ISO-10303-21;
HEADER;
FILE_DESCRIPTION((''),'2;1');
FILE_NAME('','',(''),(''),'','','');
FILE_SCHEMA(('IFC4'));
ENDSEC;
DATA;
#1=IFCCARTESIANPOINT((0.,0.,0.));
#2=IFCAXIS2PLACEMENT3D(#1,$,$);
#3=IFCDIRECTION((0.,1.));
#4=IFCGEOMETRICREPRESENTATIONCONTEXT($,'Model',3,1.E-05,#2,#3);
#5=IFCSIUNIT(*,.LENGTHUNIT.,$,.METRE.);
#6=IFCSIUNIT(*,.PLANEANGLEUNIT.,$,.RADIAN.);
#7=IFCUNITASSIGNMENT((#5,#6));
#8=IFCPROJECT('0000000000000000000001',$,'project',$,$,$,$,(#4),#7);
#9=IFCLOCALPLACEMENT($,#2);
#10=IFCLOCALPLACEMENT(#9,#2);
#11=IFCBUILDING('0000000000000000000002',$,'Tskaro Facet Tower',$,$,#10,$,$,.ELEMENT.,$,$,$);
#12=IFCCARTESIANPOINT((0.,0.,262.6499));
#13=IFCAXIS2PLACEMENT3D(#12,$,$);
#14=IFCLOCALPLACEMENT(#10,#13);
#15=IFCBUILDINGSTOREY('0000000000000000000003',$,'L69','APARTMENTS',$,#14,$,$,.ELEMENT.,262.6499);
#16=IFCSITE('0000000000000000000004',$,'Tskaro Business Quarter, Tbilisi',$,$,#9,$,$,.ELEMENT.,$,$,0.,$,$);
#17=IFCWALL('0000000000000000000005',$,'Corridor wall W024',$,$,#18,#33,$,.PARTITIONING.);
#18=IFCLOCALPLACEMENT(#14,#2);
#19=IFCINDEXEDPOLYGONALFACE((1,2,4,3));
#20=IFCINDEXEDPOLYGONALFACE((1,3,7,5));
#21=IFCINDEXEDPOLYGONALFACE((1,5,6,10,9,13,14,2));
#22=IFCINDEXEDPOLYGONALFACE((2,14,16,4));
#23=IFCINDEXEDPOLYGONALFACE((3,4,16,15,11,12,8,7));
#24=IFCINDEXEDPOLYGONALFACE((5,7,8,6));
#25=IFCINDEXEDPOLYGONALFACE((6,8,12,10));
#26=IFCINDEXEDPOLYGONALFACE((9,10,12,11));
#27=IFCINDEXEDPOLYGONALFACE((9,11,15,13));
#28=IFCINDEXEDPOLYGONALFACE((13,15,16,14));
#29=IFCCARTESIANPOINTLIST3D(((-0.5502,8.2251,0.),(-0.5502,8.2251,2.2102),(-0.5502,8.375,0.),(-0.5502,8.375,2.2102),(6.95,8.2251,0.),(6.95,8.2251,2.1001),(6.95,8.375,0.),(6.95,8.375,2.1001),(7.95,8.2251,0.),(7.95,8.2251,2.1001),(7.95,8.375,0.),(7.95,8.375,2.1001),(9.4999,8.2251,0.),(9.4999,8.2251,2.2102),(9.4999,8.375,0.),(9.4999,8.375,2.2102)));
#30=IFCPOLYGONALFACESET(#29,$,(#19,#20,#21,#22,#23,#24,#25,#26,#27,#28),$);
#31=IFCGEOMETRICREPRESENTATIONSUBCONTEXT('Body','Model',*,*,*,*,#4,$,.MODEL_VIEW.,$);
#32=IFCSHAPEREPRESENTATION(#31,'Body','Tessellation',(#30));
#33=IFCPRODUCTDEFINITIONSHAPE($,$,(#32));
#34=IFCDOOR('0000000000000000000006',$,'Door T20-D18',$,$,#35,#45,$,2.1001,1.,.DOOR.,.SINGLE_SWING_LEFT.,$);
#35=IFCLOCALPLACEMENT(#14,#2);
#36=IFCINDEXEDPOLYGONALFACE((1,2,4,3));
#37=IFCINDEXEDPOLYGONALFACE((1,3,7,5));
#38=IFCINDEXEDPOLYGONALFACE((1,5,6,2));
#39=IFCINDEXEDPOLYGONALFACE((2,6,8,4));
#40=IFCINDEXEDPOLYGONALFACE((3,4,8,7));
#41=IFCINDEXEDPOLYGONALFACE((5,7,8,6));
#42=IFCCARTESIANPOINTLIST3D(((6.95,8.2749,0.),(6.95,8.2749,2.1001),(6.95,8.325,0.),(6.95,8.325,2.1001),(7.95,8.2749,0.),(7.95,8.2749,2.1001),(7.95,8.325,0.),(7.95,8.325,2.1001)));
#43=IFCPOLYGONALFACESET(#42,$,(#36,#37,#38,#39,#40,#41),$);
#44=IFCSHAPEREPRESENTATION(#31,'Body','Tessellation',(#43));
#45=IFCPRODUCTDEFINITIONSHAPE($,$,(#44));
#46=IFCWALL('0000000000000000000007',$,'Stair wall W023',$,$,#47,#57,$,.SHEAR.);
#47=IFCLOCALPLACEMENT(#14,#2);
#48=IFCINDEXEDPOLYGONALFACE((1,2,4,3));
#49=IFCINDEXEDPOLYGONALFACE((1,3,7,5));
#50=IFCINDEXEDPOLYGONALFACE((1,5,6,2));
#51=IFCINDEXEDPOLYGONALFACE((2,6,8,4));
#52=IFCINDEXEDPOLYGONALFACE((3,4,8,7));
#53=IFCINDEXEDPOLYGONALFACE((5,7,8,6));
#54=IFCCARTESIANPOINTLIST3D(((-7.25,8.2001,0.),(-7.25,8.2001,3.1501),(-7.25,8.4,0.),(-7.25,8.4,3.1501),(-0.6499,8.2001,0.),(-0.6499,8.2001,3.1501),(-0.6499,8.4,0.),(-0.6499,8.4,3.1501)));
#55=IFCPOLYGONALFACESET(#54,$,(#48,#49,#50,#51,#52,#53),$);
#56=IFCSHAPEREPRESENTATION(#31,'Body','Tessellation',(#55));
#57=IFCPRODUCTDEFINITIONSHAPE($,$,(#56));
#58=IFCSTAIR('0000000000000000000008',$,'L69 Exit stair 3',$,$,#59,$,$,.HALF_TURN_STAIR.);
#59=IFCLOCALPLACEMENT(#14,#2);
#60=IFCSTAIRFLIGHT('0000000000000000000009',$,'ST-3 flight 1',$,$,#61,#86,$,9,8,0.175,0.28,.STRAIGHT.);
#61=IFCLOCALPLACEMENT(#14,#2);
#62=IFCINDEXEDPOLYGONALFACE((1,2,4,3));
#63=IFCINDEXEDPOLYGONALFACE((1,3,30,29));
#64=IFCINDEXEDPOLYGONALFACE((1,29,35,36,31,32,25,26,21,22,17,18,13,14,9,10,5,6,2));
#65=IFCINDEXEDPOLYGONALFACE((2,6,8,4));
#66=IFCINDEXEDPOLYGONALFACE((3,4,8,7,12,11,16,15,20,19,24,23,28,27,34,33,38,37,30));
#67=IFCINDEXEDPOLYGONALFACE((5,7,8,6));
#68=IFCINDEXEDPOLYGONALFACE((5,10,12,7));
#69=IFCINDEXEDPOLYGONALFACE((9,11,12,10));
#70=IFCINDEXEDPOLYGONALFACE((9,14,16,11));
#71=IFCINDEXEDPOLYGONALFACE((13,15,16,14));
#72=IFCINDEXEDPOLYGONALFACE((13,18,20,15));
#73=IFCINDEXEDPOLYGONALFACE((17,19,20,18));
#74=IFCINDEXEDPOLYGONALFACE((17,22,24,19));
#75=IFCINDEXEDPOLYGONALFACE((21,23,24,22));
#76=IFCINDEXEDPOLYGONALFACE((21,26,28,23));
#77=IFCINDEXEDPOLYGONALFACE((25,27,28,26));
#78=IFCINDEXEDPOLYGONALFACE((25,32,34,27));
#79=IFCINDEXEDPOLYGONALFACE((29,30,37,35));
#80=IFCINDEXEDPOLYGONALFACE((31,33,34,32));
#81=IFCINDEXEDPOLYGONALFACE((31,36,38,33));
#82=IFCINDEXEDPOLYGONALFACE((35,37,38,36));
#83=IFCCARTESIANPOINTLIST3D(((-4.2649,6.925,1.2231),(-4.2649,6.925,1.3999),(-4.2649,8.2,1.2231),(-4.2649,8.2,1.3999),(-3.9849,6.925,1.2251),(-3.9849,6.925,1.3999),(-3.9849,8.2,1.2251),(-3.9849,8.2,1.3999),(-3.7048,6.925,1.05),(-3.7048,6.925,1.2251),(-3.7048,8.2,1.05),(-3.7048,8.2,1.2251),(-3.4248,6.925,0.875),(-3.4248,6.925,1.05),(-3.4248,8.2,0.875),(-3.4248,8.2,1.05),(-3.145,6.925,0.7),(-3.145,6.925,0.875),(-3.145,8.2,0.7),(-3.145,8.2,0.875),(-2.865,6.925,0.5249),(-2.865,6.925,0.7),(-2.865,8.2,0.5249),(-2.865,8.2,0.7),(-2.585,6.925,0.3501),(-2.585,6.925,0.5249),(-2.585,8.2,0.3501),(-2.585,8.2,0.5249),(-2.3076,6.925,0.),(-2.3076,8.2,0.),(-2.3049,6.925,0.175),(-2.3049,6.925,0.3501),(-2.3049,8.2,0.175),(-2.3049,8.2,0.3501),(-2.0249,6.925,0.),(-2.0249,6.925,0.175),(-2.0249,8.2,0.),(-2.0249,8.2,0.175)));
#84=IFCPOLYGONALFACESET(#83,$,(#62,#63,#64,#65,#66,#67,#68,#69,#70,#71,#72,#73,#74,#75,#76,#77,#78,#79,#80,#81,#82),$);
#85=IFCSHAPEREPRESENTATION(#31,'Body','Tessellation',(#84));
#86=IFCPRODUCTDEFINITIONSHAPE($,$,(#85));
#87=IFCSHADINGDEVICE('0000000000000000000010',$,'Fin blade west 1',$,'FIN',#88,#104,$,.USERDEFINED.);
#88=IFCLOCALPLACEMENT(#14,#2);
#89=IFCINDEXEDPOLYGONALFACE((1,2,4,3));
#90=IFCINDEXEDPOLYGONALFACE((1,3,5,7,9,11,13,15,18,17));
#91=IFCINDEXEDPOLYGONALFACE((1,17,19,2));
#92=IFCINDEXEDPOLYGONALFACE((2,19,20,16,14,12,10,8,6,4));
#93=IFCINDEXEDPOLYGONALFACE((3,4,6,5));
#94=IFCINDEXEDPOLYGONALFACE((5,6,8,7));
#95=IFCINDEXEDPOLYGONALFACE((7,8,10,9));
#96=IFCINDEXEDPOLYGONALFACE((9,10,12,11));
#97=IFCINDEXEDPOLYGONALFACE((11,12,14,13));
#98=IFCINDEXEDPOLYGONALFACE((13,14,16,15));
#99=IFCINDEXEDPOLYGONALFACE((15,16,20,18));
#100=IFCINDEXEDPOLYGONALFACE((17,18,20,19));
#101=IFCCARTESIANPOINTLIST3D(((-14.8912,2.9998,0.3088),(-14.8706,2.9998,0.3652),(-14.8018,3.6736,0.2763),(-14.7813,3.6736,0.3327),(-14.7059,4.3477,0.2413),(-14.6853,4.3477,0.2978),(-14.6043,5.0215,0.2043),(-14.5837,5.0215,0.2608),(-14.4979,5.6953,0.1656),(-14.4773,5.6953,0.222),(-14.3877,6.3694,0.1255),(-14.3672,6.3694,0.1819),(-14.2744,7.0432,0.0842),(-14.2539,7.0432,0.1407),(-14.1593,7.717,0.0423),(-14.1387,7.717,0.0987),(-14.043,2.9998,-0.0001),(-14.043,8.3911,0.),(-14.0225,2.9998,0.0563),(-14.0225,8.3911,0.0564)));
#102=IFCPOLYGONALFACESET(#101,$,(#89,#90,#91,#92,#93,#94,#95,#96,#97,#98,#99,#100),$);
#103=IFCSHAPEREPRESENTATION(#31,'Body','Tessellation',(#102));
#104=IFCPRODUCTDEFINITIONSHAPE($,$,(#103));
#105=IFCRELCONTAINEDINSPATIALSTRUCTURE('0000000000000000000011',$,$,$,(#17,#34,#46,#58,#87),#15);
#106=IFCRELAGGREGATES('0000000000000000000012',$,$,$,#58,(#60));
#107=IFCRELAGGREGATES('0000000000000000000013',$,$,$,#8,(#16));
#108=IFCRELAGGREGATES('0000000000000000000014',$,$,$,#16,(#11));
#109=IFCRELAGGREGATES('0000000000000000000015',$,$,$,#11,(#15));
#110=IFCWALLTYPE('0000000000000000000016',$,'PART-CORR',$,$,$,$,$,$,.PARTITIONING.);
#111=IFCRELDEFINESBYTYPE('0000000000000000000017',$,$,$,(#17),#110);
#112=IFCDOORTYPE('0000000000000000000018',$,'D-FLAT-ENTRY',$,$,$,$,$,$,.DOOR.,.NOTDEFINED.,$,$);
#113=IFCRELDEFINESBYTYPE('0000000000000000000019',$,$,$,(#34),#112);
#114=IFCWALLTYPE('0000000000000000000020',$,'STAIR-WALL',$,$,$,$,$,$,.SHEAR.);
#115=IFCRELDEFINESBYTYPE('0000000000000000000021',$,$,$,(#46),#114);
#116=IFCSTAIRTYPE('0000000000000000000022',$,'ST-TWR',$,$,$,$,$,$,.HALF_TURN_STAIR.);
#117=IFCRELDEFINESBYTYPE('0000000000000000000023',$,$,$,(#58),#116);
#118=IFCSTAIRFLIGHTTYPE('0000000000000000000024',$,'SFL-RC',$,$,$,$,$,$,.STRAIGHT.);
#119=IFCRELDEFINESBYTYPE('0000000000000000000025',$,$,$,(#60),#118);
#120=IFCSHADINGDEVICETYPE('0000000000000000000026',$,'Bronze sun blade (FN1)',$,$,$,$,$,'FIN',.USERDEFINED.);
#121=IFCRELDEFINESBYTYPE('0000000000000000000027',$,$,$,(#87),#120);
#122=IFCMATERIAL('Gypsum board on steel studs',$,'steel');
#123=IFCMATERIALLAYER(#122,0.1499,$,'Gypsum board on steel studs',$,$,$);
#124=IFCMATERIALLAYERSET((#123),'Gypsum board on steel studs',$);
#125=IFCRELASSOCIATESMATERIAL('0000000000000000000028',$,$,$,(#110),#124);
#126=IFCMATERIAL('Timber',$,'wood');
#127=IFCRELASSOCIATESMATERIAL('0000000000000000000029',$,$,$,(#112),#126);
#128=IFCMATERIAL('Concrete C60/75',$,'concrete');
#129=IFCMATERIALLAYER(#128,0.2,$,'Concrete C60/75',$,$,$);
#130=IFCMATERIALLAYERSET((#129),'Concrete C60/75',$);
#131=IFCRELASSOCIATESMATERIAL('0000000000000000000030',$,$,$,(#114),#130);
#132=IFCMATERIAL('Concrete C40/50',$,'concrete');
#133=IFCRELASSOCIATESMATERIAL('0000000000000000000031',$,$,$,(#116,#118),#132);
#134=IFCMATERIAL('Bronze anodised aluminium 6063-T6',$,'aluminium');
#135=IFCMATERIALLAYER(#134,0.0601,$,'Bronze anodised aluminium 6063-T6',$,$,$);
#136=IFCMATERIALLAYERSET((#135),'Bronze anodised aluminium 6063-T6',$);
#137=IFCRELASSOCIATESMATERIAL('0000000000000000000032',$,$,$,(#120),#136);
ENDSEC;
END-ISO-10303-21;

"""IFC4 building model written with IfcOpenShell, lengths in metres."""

from ifc_helpers import new_model, si_unit, direction, frame, frame_2d, origin, place, context, subcontext, project, spatial, polyline, rectangle, outline, extrude, material, layer, layer_set, type_object, element, fill, aggregate, save


model = new_model("IFC4")

# Units and contexts
model_context = context("Model", 3, precision=1e-05, world=origin(), true_north=direction((0.0, 1.0)))
body_context = subcontext(model_context, "Body", "Model", "MODEL_VIEW")
ifc_project = project(units=[si_unit("LENGTHUNIT", "METRE"), si_unit("PLANEANGLEUNIT", "RADIAN")], contexts=[model_context])

# Site, building, storey
site_placement = place(None, origin())
site = spatial("IfcSite", under=ifc_project, at=site_placement, Name="Tskaro Business Quarter, Tbilisi", CompositionType="ELEMENT", RefElevation=0.0)
building_placement = place(site_placement, origin())
building = spatial("IfcBuilding", under=site, at=building_placement, Name="Tskaro Facet Tower", CompositionType="ELEMENT")
storey_placement = place(building_placement, frame((0.0, 0.0, 262.6499)))
storey = spatial("IfcBuildingStorey", under=building, at=storey_placement, Name="L69", Description="APARTMENTS", CompositionType="ELEMENT", Elevation=262.6499)

# Shared definitions
ifc_material_1 = material(Name="Bronze anodised aluminium 6063-T6", Category="aluminium")

# Shared definitions
ifc_material_2 = material(Name="Gypsum board on steel studs", Category="steel")
ifc_material_3 = material(Name="Timber", Category="wood")

# Wall, opening, door
ifc_layer_1 = layer(ifc_material_2, 0.1499, Name="Gypsum board on steel studs")
ifc_layer_set_1 = layer_set([ifc_layer_1], Name="Gypsum board on steel studs")
wall_type_1 = type_object("IfcWallType", Name="PART-CORR", PredefinedType="PARTITIONING", material=ifc_layer_set_1)
door_type_1 = type_object("IfcDoorType", Name="D-FLAT-ENTRY", OperationType="NOTDEFINED", PredefinedType="DOOR", material=ifc_material_3)
wall_1_placement = place(storey_placement, frame((-0.55, 8.3, 0.0), z_axis=(0.0, 0.0, 1.0), x_axis=(1.0, 0.0, 0.0)))
wall_1 = element("IfcWall", 1, at=wall_1_placement, inside=storey, type_object=wall_type_1, Name="Corridor wall W024", PredefinedType="PARTITIONING", context=body_context, shape_type="SweptSolid", body=[
    extrude(rectangle(XDim=10.05, YDim=0.1499, at=frame_2d((5.0249, 0.0))), origin(), (0.0, 0.0, 1.0), 2.2102),
])
opening_1_placement = place(wall_1_placement, frame((7.5, 0.0, 0.0)))
opening_1 = element("IfcOpeningElement", 2, at=opening_1_placement, cuts=wall_1, PredefinedType="OPENING", context=body_context, shape_type="SweptSolid", body=[
    extrude(rectangle(XDim=1.0, YDim=2.1001, at=frame_2d((0.5, 1.05))), frame((0.0, 0.085, 0.0), z_axis=(0.0, -1.0, 0.0), x_axis=(1.0, 0.0, 0.0)), (0.0, 0.0, 1.0), 0.1699),
])
door_1_placement = place(opening_1_placement, origin())
door_1 = element("IfcDoor", 3, at=door_1_placement, inside=storey, type_object=door_type_1, Name="Door T20-D18", OperationType="SINGLE_SWING_LEFT", OverallHeight=2.1001, OverallWidth=1.0, PredefinedType="DOOR", context=body_context, shape_type="SweptSolid", body=[
    extrude(rectangle(XDim=1.0, YDim=2.1001, at=frame_2d((0.5, 1.05))), frame((0.0, 0.0249, 0.0), z_axis=(0.0, -1.0, 0.0), x_axis=(1.0, 0.0, 0.0)), (0.0, 0.0, 1.0), 0.05),
])
fill(opening_1, door_1)

# Wall
ifc_material_4 = material(Name="Concrete C60/75", Category="concrete")
ifc_layer_2 = layer(ifc_material_4, 0.2, Name="Concrete C60/75")
ifc_layer_set_2 = layer_set([ifc_layer_2], Name="Concrete C60/75")
wall_type_2 = type_object("IfcWallType", Name="STAIR-WALL", PredefinedType="SHEAR", material=ifc_layer_set_2)
wall_2_placement = place(storey_placement, frame((-7.25, 8.3, 0.0), z_axis=(0.0, 0.0, 1.0), x_axis=(1.0, 0.0, 0.0)))
element("IfcWall", 4, at=wall_2_placement, inside=storey, type_object=wall_type_2, Name="Stair wall W023", PredefinedType="SHEAR", context=body_context, shape_type="SweptSolid", body=[
    extrude(rectangle(XDim=6.6001, YDim=0.2, at=frame_2d((3.3, 0.0))), origin(), (0.0, 0.0, 1.0), 3.1501),
])

# Stair, stair flight
ifc_material_5 = material(Name="Concrete C40/50", Category="concrete")
stair_type = type_object("IfcStairType", Name="ST-TWR", PredefinedType="HALF_TURN_STAIR", material=ifc_material_5)
stair_placement = place(storey_placement, origin())
stair = element("IfcStair", 5, at=stair_placement, inside=storey, type_object=stair_type, Name="L69 Exit stair 3", PredefinedType="HALF_TURN_STAIR")
stair_flight_type = type_object("IfcStairFlightType", Name="SFL-RC", PredefinedType="STRAIGHT", material=ifc_material_5)
stair_flight_placement = place(storey_placement, frame((-2.0249, 7.5625, 0.0), z_axis=(0.0, 0.0, 1.0), x_axis=(-1.0, 0.0, 0.0)))
stair_flight = element("IfcStairFlight", 6, at=stair_flight_placement, type_object=stair_flight_type, Name="ST-3 flight 1", NumberOfRisers=9, NumberOfTreads=8, PredefinedType="STRAIGHT", RiserHeight=0.175, TreadLength=0.28, context=body_context, shape_type="SweptSolid", body=[
    extrude(outline(polyline([(0.0, 0.0), (0.0, 0.175), (0.28, 0.175), (0.28, 0.3501), (0.5601, 0.3501), (0.5601, 0.5249), (0.8401, 0.5249), (0.8401, 0.7), (1.1201, 0.7), (1.1201, 0.875), (1.3999, 0.875), (1.3999, 1.05), (1.6799, 1.05), (1.6799, 1.2251), (1.96, 1.2251), (1.96, 1.3999), (2.24, 1.3999), (2.24, 1.575), (2.24, 1.2231), (0.2827, 0.0), (0.0, 0.0)])), frame((0.0, 0.6375, 0.0), z_axis=(0.0, -1.0, 0.0), x_axis=(1.0, 0.0, 0.0)), (0.0, 0.0, 1.0), 1.2749),
])
aggregate(stair, [stair_flight])

# Shading device
ifc_layer_3 = layer(ifc_material_1, 0.0601, Name="Bronze anodised aluminium 6063-T6")
ifc_layer_set_3 = layer_set([ifc_layer_3], Name="Bronze anodised aluminium 6063-T6")
shading_device_type = type_object("IfcShadingDeviceType", Name="Bronze sun blade (FN1)", ElementType="FIN", PredefinedType="USERDEFINED", material=ifc_layer_set_3)
shading_device_placement = place(storey_placement, frame((-14.0225, 8.3911, 0.0564), z_axis=(0.342238, -0.000015, 0.939613), x_axis=(-0.000005, -1.0, -0.000014)))
element("IfcShadingDevice", 7, at=shading_device_placement, inside=storey, type_object=shading_device_type, Name="Fin blade west 1", ObjectType="FIN", PredefinedType="USERDEFINED", context=body_context, shape_type="SweptSolid", body=[
    extrude(outline(polyline([(0.0, 0.0), (5.3914, 0.0), (5.3914, -0.9026), (4.7175, -0.8076), (4.0435, -0.7055), (3.3696, -0.5973), (2.6958, -0.4841), (2.0217, -0.3669), (1.3479, -0.2463), (0.6741, -0.1237), (0.0, 0.0)])), origin(), (0.0, 0.0, -1.0), 0.0601),
])

save(model, "model.ifc")
